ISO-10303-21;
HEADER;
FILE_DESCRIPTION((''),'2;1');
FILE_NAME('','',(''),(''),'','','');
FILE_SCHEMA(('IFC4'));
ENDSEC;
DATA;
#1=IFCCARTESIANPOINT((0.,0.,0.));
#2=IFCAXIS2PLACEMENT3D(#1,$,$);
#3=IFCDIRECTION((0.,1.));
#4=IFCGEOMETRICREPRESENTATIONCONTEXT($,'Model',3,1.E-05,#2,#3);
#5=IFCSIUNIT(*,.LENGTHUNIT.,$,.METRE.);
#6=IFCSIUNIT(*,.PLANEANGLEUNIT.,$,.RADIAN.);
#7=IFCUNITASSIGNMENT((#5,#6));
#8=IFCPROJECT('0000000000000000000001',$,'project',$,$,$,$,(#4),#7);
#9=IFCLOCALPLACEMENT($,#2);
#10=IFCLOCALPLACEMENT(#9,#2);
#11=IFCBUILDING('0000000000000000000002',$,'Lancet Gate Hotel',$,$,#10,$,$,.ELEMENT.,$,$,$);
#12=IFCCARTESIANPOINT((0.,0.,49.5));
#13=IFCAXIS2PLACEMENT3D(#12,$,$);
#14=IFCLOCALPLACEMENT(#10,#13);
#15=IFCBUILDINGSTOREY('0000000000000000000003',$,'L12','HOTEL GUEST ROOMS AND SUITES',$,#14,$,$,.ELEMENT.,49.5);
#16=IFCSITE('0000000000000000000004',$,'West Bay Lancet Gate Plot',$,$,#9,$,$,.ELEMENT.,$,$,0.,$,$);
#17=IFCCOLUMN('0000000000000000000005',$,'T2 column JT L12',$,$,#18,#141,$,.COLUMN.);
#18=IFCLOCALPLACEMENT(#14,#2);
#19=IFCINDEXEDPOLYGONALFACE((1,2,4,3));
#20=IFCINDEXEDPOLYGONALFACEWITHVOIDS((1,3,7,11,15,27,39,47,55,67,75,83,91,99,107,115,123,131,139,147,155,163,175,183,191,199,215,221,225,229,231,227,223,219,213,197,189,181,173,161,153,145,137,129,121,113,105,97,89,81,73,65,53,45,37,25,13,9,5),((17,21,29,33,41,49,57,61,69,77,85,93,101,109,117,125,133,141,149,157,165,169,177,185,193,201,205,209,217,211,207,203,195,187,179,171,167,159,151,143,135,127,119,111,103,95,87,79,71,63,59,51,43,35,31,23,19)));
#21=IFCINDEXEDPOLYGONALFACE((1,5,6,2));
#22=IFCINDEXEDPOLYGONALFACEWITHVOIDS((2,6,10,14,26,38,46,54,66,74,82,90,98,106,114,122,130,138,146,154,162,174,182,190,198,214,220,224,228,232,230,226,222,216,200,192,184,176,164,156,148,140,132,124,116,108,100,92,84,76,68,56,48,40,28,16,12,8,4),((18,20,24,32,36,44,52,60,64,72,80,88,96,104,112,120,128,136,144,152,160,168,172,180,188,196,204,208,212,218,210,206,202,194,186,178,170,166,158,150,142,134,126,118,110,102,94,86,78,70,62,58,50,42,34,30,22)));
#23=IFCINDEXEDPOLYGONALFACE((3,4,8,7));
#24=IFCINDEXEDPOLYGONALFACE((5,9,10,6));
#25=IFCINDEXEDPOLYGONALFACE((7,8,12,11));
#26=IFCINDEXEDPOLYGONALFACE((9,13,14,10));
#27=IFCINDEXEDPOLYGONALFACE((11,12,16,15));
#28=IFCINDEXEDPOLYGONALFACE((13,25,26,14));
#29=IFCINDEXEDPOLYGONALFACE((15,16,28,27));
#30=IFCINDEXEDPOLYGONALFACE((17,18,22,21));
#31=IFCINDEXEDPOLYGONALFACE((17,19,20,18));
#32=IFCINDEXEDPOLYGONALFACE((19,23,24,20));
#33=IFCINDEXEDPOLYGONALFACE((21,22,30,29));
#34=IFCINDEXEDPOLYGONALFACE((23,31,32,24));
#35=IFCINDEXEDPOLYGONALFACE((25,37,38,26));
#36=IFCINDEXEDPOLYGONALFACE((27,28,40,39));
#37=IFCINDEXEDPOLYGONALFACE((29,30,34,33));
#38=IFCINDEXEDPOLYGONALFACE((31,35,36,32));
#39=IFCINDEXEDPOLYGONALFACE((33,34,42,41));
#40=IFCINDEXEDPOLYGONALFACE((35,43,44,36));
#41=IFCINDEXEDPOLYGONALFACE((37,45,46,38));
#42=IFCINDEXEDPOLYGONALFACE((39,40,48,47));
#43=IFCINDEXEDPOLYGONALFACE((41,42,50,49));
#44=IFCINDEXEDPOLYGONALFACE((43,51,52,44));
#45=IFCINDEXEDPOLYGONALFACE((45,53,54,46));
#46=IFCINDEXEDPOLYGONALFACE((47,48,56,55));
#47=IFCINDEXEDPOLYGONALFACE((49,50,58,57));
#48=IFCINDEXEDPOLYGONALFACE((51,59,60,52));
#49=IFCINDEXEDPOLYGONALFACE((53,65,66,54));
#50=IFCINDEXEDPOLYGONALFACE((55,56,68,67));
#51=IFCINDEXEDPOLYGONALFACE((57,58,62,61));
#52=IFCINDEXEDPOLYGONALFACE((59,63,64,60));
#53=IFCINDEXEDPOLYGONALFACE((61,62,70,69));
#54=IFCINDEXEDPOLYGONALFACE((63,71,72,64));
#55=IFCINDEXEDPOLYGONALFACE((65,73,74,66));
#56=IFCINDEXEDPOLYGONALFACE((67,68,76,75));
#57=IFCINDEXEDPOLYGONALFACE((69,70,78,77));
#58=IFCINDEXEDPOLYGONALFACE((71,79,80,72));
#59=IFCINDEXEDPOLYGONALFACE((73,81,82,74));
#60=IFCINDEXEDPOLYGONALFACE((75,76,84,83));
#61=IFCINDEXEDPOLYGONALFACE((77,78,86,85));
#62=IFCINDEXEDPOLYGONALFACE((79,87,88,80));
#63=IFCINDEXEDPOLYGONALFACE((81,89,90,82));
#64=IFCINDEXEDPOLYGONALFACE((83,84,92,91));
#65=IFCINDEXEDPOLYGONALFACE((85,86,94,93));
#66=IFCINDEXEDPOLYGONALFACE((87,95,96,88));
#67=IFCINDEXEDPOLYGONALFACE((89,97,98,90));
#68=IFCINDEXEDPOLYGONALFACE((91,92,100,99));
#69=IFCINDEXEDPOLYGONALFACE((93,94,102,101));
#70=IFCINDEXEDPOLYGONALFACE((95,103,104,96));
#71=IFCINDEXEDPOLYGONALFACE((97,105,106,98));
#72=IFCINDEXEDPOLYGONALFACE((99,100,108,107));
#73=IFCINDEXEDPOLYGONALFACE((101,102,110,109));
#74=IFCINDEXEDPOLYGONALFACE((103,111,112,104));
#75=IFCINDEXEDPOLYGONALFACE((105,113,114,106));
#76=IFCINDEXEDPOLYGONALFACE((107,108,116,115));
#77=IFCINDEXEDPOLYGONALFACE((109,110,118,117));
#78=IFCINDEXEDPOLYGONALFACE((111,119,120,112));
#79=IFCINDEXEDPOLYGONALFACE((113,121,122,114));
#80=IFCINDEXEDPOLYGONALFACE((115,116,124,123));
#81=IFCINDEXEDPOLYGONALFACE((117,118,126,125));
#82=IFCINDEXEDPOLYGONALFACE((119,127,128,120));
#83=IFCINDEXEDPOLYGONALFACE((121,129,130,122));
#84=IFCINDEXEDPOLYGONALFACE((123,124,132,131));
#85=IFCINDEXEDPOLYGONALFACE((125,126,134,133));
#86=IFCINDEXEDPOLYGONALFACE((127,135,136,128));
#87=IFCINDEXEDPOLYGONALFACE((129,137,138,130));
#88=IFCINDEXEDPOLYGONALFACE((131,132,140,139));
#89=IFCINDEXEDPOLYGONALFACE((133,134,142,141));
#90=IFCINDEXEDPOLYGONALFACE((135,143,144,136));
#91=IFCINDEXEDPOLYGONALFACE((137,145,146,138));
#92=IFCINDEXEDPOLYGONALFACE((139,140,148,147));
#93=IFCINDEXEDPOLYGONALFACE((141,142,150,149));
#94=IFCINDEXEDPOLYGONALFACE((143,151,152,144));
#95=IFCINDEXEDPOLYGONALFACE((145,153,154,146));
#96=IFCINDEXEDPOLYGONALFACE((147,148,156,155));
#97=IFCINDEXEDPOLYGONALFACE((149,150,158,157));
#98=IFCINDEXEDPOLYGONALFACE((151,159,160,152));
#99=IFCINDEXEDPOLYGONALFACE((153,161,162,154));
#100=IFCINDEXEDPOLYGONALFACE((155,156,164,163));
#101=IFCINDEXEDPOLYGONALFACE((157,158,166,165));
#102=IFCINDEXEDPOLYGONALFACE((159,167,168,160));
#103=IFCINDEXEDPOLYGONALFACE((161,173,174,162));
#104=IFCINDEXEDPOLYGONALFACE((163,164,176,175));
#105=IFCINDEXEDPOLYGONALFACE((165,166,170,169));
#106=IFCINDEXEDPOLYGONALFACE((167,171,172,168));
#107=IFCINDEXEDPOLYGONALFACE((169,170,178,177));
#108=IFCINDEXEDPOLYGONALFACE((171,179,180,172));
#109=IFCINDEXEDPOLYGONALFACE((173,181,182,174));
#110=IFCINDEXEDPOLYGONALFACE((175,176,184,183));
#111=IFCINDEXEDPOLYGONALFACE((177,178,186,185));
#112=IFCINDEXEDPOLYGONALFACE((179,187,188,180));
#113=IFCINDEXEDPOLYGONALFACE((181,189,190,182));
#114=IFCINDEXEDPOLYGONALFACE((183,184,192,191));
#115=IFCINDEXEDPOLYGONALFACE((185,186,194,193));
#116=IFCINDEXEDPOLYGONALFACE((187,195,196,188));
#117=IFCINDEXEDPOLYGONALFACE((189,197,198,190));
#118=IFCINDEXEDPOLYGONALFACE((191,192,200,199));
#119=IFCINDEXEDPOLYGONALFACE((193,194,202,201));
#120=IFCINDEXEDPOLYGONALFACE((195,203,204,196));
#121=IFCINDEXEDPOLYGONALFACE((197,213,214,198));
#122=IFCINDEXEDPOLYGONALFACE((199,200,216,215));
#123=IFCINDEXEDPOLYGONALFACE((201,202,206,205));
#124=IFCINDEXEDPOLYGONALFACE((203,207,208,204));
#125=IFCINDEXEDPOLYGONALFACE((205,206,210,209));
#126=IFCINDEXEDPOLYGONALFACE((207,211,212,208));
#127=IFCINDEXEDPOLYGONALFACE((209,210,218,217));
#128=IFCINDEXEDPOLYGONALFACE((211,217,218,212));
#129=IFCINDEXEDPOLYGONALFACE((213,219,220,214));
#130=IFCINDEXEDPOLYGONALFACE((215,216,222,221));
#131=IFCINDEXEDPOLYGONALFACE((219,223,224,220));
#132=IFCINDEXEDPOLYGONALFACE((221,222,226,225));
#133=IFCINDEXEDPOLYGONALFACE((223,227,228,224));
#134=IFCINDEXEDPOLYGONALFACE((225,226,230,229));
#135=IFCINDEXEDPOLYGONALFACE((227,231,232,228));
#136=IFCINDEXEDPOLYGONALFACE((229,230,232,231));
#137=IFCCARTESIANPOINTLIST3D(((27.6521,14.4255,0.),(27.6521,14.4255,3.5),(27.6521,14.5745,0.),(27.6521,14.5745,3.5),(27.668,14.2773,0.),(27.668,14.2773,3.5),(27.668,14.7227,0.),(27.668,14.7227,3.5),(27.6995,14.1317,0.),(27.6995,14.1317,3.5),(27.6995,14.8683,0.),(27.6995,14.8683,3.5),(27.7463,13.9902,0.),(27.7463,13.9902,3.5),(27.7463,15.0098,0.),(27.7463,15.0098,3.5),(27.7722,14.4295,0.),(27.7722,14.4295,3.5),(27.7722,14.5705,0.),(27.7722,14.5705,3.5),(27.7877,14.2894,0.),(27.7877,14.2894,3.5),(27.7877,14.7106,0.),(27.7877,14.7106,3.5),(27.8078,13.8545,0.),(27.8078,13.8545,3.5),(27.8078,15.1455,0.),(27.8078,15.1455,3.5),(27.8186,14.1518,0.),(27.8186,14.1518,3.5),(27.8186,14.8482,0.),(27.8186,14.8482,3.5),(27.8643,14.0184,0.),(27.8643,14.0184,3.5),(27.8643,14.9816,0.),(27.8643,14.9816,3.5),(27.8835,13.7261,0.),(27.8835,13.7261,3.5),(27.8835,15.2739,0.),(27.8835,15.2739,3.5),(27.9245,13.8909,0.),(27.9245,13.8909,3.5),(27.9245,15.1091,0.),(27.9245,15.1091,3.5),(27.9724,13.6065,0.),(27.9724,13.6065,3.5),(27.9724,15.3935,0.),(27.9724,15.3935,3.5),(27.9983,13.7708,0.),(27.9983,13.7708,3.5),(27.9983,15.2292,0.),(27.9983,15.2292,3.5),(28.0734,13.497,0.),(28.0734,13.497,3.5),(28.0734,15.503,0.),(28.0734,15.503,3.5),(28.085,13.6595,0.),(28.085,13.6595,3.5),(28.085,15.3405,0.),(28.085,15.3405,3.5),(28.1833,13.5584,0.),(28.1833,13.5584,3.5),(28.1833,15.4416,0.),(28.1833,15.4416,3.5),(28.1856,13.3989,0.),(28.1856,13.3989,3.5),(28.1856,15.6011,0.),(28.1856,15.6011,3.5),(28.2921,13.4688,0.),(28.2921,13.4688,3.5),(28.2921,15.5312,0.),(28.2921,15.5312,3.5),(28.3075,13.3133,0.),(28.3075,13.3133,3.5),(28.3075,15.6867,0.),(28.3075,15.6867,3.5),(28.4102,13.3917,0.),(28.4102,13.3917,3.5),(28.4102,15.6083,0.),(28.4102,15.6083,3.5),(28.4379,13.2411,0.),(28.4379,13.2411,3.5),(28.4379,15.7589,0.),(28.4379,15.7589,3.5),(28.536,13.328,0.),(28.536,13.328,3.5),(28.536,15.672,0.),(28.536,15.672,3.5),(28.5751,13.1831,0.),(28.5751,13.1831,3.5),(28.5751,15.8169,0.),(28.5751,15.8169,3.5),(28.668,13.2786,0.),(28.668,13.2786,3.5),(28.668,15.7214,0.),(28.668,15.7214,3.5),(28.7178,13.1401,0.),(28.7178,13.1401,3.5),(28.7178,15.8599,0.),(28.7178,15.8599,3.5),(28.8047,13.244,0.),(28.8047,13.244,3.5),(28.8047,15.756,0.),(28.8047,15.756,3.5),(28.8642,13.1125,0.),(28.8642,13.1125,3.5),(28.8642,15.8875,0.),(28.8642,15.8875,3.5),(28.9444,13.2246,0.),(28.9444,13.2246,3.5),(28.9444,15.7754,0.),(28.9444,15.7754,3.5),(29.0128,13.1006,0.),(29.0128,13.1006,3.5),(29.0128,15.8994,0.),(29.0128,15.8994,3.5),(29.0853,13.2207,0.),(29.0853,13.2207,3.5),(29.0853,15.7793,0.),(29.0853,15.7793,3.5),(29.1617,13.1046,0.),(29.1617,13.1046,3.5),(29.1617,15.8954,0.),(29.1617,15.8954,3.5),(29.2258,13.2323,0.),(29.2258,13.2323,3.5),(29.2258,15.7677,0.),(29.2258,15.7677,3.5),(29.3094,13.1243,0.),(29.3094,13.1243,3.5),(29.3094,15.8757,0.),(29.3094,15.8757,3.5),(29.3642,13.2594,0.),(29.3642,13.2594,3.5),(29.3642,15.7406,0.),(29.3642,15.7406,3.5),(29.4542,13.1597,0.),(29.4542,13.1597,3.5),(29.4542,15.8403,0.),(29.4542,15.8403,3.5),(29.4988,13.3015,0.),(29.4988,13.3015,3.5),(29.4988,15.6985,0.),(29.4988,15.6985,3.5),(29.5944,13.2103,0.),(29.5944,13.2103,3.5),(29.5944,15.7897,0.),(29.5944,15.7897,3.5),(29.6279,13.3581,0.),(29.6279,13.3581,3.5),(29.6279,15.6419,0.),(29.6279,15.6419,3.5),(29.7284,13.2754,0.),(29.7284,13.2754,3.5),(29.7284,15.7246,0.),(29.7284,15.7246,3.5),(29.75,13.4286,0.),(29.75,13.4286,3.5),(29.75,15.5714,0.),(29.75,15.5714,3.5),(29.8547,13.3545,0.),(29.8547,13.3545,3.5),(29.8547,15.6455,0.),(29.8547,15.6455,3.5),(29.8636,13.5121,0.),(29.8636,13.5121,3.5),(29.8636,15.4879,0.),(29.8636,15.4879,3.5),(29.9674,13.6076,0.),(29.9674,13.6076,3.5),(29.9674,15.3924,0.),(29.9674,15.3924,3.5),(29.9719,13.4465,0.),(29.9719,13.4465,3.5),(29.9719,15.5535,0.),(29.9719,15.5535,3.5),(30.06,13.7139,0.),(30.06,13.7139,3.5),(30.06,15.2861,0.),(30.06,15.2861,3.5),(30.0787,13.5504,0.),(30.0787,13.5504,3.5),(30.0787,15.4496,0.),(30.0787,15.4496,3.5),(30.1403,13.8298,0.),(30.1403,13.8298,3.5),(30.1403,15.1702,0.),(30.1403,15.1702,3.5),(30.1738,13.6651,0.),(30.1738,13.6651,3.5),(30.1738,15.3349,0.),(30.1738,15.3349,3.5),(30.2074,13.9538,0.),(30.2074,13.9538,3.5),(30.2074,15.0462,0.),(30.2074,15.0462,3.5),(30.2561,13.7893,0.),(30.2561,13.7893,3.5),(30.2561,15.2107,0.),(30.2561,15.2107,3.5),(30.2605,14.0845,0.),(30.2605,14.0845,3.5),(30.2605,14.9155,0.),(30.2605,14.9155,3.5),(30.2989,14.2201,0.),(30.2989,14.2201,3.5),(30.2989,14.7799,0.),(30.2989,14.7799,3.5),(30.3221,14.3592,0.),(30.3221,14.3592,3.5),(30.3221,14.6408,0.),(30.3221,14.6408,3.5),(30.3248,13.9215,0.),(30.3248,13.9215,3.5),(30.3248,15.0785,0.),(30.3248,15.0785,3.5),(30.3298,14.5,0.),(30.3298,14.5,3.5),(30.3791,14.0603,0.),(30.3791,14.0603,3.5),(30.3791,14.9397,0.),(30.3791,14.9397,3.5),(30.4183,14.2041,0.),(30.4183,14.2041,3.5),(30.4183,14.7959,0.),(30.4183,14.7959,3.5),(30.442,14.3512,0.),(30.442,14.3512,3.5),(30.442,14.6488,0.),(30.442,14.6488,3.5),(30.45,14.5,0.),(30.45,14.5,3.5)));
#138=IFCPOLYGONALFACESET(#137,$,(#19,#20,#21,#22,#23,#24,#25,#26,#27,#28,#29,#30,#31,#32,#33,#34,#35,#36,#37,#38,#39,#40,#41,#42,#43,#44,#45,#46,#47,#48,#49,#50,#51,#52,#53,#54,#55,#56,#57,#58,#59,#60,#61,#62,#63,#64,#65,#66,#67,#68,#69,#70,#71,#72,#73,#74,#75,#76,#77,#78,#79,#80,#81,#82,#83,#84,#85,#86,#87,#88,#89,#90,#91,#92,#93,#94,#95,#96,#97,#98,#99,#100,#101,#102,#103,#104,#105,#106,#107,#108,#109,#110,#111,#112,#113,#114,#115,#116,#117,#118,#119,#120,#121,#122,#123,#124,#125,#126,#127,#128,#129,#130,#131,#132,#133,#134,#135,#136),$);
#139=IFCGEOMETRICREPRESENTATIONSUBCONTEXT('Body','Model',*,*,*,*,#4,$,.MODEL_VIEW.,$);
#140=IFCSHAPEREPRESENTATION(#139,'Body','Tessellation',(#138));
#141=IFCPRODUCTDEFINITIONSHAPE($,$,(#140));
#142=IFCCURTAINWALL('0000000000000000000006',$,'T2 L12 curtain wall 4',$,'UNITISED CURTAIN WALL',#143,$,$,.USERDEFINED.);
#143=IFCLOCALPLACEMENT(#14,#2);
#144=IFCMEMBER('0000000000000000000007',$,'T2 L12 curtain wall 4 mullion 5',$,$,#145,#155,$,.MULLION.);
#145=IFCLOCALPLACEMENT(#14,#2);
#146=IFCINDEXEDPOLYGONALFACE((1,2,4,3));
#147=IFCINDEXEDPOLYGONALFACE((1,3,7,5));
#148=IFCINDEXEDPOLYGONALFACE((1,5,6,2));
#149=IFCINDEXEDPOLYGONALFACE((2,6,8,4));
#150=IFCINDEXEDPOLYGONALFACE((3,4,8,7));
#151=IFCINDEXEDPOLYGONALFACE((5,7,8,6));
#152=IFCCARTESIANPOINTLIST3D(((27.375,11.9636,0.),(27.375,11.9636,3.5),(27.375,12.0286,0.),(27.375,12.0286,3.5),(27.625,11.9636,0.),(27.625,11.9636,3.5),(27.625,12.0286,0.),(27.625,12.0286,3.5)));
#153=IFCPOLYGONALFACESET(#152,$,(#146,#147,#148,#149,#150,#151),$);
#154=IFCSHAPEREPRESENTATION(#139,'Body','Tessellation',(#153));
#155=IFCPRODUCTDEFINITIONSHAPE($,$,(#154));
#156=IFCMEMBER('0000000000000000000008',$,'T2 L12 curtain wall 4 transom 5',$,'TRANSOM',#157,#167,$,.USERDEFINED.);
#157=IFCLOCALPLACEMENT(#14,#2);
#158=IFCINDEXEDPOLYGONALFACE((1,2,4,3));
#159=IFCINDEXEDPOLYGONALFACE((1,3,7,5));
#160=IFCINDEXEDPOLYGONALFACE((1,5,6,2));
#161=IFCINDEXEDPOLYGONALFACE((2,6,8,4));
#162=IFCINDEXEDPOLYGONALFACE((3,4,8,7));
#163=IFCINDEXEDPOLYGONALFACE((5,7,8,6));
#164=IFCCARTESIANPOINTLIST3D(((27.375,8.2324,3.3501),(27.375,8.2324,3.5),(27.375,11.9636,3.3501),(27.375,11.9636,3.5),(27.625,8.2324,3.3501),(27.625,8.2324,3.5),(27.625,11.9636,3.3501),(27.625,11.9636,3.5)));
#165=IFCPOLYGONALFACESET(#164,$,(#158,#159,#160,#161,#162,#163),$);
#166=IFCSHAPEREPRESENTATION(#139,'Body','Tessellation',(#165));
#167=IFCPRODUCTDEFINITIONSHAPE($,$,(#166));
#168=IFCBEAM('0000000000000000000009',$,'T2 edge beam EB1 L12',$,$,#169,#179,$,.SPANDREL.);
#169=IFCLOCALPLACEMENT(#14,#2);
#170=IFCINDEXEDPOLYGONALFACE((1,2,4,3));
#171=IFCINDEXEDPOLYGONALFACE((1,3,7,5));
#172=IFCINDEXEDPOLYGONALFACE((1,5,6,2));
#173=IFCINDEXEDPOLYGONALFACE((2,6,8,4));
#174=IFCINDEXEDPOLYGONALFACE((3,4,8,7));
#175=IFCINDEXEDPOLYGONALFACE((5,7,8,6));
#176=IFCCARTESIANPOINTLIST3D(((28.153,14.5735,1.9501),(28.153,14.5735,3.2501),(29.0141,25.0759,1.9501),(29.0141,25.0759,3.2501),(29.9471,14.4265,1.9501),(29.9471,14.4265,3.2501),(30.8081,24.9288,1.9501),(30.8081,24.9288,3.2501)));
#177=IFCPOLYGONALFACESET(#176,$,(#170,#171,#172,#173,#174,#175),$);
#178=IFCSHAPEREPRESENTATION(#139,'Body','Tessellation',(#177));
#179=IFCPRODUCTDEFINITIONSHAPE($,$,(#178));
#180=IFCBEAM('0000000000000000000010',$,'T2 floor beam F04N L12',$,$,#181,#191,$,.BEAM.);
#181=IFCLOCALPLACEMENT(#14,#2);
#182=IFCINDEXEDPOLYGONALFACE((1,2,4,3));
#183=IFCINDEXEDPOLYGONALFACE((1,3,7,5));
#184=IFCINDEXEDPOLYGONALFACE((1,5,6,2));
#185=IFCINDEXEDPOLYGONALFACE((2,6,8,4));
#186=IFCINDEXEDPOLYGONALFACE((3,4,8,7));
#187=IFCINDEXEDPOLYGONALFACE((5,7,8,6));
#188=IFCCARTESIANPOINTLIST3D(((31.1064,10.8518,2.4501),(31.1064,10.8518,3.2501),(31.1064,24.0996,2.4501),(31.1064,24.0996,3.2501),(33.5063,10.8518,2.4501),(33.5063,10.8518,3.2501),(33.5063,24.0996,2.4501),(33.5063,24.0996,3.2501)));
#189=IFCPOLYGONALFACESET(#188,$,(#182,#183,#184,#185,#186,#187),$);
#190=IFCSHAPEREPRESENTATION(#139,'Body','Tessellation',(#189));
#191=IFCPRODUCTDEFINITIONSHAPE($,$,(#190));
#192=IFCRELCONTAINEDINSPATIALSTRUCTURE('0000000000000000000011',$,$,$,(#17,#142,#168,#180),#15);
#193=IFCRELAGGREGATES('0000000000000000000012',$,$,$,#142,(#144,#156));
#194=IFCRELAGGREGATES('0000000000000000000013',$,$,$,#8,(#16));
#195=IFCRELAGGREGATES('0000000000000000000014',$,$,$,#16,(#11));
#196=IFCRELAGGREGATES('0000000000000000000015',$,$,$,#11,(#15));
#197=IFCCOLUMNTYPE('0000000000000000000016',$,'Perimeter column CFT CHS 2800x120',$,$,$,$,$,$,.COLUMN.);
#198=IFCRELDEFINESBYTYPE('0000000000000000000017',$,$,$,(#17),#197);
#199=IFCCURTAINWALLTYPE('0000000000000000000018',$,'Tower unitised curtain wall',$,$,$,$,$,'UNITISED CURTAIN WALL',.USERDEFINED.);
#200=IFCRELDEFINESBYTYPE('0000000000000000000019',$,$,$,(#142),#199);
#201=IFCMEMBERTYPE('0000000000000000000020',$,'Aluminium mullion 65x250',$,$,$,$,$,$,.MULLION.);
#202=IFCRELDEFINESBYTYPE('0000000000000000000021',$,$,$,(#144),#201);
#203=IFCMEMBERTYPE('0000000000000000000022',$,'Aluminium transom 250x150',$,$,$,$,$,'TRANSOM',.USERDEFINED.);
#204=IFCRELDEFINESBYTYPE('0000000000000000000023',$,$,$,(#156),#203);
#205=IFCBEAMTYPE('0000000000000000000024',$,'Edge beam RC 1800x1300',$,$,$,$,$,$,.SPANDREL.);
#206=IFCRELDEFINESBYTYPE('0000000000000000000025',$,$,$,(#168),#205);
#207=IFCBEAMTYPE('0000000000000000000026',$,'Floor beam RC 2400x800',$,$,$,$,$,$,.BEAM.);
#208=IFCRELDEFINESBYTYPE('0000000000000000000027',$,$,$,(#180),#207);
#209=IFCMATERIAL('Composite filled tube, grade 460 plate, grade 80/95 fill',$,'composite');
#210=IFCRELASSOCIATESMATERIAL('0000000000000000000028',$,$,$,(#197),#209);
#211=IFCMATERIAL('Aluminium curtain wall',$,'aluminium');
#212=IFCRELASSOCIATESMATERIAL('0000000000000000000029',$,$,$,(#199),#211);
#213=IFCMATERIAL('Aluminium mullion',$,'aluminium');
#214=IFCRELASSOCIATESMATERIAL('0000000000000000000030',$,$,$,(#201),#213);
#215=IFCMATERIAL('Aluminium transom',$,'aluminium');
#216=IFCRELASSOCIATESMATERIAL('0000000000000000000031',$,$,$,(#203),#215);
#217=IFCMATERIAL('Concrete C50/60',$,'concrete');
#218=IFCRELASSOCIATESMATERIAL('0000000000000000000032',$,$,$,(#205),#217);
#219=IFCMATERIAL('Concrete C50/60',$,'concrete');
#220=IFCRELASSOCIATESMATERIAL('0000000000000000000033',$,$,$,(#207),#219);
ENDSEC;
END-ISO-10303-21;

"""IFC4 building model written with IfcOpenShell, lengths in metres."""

from ifc_helpers import new_model, si_unit, direction, frame, origin, origin_2d, place, context, subcontext, project, spatial, rectangle, hollow_circle, extrude, material, material_profile, profile_set, type_object, element, aggregate, save


model = new_model("IFC4")

# Units and contexts
model_context = context("Model", 3, precision=1e-05, world=origin(), true_north=direction((0.0, 1.0)))
body_context = subcontext(model_context, "Body", "Model", "MODEL_VIEW")
ifc_project = project(units=[si_unit("LENGTHUNIT", "METRE"), si_unit("PLANEANGLEUNIT", "RADIAN")], contexts=[model_context])

# Site, building, storey
site_placement = place(None, origin())
site = spatial("IfcSite", under=ifc_project, at=site_placement, Name="West Bay Lancet Gate Plot", CompositionType="ELEMENT", RefElevation=0.0)
building_placement = place(site_placement, origin())
building = spatial("IfcBuilding", under=site, at=building_placement, Name="Lancet Gate Hotel", CompositionType="ELEMENT")
storey_placement = place(building_placement, frame((0.0, 0.0, 49.5)))
storey = spatial("IfcBuildingStorey", under=building, at=storey_placement, Name="L12", Description="HOTEL GUEST ROOMS AND SUITES", CompositionType="ELEMENT", Elevation=49.5)

# Column
ifc_material_1 = material(Name="Composite filled tube, grade 460 plate, grade 80/95 fill", Category="composite")
ifc_material_profile_1 = material_profile(ifc_material_1, hollow_circle(Radius=1.3999, WallThickness=0.1201, at=origin_2d()), Name="CHS 2800x120")
ifc_profile_set_1 = profile_set([ifc_material_profile_1], Name="Composite filled tube, grade 460 plate, grade 80/95 fill")
column_type = type_object("IfcColumnType", Name="Perimeter column CFT CHS 2800x120", PredefinedType="COLUMN", material=ifc_profile_set_1)
for number, where, z_axis, x_axis, name in (
    (1, (29.05, 14.5, 0.0), (0.0, 0.0, 1.0), (1.0, 0.0, 0.0), "T2 column JT L12"),
):
    element("IfcColumn", number, at=place(storey_placement, frame(where, z_axis=z_axis, x_axis=x_axis)), inside=storey, type_object=column_type, Name=name, PredefinedType="COLUMN", context=body_context, shape_type="SweptSolid", body=[
        extrude(hollow_circle(Radius=1.3999, WallThickness=0.1201, at=origin_2d()), origin(), (0.0, 0.0, 1.0), 3.5),
    ])

# Curtain wall, members
ifc_material_2 = material(Name="Aluminium curtain wall", Category="aluminium")
curtain_wall_type = type_object("IfcCurtainWallType", Name="Tower unitised curtain wall", ElementType="UNITISED CURTAIN WALL", PredefinedType="USERDEFINED", material=ifc_material_2)
curtain_wall_placement = place(storey_placement, origin())
curtain_wall = element("IfcCurtainWall", 2, at=curtain_wall_placement, inside=storey, type_object=curtain_wall_type, Name="T2 L12 curtain wall 4", ObjectType="UNITISED CURTAIN WALL", PredefinedType="USERDEFINED")
ifc_material_3 = material(Name="Aluminium mullion", Category="aluminium")
ifc_material_profile_2 = material_profile(ifc_material_3, rectangle(XDim=0.0649, YDim=0.25, at=origin_2d()), Name="MULLION 65x250")
ifc_profile_set_2 = profile_set([ifc_material_profile_2], Name="Aluminium mullion")
member_type_1 = type_object("IfcMemberType", Name="Aluminium mullion 65x250", PredefinedType="MULLION", material=ifc_profile_set_2)
member_1_placement = place(storey_placement, frame((27.5, 11.9961, 0.0), z_axis=(0.0, 0.0, 1.0), x_axis=(0.0, -1.0, 0.0)))
member_1 = element("IfcMember", 3, at=member_1_placement, type_object=member_type_1, Name="T2 L12 curtain wall 4 mullion 5", PredefinedType="MULLION", context=body_context, shape_type="SweptSolid", body=[
    extrude(rectangle(XDim=0.0649, YDim=0.25, at=origin_2d()), origin(), (0.0, 0.0, 1.0), 3.5),
])
ifc_material_4 = material(Name="Aluminium transom", Category="aluminium")
ifc_material_profile_3 = material_profile(ifc_material_4, rectangle(XDim=0.25, YDim=0.1499, at=origin_2d()), Name="TRANSOM 250x150")
ifc_profile_set_3 = profile_set([ifc_material_profile_3], Name="Aluminium transom")
member_type_2 = type_object("IfcMemberType", Name="Aluminium transom 250x150", ElementType="TRANSOM", PredefinedType="USERDEFINED", material=ifc_profile_set_3)
member_2_placement = place(storey_placement, frame((27.5, 11.9636, 3.425), z_axis=(0.0, -1.0, 0.0), x_axis=(1.0, 0.0, 0.0)))
member_2 = element("IfcMember", 4, at=member_2_placement, type_object=member_type_2, Name="T2 L12 curtain wall 4 transom 5", ObjectType="TRANSOM", PredefinedType="USERDEFINED", context=body_context, shape_type="SweptSolid", body=[
    extrude(rectangle(XDim=0.25, YDim=0.1499, at=origin_2d()), origin(), (0.0, 0.0, 1.0), 3.7312),
])

# Beams
ifc_material_5 = material(Name="Concrete C50/60", Category="concrete")
ifc_material_profile_4 = material_profile(ifc_material_5, rectangle(XDim=1.8, YDim=1.3, at=origin_2d()), Name="RC 1800x1300")
ifc_profile_set_4 = profile_set([ifc_material_profile_4], Name="Concrete C50/60")
beam_type_1 = type_object("IfcBeamType", Name="Edge beam RC 1800x1300", PredefinedType="SPANDREL", material=ifc_profile_set_4)
beam_1_placement = place(storey_placement, frame((29.05, 14.5, 2.6001), z_axis=(0.081715, 0.996656, 0.0), x_axis=(-0.996656, 0.081715, 0.0)))
element("IfcBeam", 5, at=beam_1_placement, inside=storey, type_object=beam_type_1, Name="T2 edge beam EB1 L12", PredefinedType="SPANDREL", context=body_context, shape_type="SweptSolid", body=[
    extrude(rectangle(XDim=1.8, YDim=1.3, at=origin_2d()), origin(), (0.0, 0.0, 1.0), 10.5376),
])
ifc_material_6 = material(Name="Concrete C50/60", Category="concrete")
ifc_material_profile_5 = material_profile(ifc_material_6, rectangle(XDim=2.3999, YDim=0.8, at=origin_2d()), Name="RC 2400x800")
ifc_profile_set_5 = profile_set([ifc_material_profile_5], Name="Concrete C50/60")
beam_type_2 = type_object("IfcBeamType", Name="Floor beam RC 2400x800", PredefinedType="BEAM", material=ifc_profile_set_5)
beam_2_placement = place(storey_placement, frame((32.3064, 10.8518, 2.8501), z_axis=(0.0, 1.0, 0.0), x_axis=(-1.0, 0.0, 0.0)))
element("IfcBeam", 6, at=beam_2_placement, inside=storey, type_object=beam_type_2, Name="T2 floor beam F04N L12", PredefinedType="BEAM", context=body_context, shape_type="SweptSolid", body=[
    extrude(rectangle(XDim=2.3999, YDim=0.8, at=origin_2d()), origin(), (0.0, 0.0, 1.0), 13.2478),
])

aggregate(curtain_wall, [member_1, member_2])

save(model, "model.ifc")
